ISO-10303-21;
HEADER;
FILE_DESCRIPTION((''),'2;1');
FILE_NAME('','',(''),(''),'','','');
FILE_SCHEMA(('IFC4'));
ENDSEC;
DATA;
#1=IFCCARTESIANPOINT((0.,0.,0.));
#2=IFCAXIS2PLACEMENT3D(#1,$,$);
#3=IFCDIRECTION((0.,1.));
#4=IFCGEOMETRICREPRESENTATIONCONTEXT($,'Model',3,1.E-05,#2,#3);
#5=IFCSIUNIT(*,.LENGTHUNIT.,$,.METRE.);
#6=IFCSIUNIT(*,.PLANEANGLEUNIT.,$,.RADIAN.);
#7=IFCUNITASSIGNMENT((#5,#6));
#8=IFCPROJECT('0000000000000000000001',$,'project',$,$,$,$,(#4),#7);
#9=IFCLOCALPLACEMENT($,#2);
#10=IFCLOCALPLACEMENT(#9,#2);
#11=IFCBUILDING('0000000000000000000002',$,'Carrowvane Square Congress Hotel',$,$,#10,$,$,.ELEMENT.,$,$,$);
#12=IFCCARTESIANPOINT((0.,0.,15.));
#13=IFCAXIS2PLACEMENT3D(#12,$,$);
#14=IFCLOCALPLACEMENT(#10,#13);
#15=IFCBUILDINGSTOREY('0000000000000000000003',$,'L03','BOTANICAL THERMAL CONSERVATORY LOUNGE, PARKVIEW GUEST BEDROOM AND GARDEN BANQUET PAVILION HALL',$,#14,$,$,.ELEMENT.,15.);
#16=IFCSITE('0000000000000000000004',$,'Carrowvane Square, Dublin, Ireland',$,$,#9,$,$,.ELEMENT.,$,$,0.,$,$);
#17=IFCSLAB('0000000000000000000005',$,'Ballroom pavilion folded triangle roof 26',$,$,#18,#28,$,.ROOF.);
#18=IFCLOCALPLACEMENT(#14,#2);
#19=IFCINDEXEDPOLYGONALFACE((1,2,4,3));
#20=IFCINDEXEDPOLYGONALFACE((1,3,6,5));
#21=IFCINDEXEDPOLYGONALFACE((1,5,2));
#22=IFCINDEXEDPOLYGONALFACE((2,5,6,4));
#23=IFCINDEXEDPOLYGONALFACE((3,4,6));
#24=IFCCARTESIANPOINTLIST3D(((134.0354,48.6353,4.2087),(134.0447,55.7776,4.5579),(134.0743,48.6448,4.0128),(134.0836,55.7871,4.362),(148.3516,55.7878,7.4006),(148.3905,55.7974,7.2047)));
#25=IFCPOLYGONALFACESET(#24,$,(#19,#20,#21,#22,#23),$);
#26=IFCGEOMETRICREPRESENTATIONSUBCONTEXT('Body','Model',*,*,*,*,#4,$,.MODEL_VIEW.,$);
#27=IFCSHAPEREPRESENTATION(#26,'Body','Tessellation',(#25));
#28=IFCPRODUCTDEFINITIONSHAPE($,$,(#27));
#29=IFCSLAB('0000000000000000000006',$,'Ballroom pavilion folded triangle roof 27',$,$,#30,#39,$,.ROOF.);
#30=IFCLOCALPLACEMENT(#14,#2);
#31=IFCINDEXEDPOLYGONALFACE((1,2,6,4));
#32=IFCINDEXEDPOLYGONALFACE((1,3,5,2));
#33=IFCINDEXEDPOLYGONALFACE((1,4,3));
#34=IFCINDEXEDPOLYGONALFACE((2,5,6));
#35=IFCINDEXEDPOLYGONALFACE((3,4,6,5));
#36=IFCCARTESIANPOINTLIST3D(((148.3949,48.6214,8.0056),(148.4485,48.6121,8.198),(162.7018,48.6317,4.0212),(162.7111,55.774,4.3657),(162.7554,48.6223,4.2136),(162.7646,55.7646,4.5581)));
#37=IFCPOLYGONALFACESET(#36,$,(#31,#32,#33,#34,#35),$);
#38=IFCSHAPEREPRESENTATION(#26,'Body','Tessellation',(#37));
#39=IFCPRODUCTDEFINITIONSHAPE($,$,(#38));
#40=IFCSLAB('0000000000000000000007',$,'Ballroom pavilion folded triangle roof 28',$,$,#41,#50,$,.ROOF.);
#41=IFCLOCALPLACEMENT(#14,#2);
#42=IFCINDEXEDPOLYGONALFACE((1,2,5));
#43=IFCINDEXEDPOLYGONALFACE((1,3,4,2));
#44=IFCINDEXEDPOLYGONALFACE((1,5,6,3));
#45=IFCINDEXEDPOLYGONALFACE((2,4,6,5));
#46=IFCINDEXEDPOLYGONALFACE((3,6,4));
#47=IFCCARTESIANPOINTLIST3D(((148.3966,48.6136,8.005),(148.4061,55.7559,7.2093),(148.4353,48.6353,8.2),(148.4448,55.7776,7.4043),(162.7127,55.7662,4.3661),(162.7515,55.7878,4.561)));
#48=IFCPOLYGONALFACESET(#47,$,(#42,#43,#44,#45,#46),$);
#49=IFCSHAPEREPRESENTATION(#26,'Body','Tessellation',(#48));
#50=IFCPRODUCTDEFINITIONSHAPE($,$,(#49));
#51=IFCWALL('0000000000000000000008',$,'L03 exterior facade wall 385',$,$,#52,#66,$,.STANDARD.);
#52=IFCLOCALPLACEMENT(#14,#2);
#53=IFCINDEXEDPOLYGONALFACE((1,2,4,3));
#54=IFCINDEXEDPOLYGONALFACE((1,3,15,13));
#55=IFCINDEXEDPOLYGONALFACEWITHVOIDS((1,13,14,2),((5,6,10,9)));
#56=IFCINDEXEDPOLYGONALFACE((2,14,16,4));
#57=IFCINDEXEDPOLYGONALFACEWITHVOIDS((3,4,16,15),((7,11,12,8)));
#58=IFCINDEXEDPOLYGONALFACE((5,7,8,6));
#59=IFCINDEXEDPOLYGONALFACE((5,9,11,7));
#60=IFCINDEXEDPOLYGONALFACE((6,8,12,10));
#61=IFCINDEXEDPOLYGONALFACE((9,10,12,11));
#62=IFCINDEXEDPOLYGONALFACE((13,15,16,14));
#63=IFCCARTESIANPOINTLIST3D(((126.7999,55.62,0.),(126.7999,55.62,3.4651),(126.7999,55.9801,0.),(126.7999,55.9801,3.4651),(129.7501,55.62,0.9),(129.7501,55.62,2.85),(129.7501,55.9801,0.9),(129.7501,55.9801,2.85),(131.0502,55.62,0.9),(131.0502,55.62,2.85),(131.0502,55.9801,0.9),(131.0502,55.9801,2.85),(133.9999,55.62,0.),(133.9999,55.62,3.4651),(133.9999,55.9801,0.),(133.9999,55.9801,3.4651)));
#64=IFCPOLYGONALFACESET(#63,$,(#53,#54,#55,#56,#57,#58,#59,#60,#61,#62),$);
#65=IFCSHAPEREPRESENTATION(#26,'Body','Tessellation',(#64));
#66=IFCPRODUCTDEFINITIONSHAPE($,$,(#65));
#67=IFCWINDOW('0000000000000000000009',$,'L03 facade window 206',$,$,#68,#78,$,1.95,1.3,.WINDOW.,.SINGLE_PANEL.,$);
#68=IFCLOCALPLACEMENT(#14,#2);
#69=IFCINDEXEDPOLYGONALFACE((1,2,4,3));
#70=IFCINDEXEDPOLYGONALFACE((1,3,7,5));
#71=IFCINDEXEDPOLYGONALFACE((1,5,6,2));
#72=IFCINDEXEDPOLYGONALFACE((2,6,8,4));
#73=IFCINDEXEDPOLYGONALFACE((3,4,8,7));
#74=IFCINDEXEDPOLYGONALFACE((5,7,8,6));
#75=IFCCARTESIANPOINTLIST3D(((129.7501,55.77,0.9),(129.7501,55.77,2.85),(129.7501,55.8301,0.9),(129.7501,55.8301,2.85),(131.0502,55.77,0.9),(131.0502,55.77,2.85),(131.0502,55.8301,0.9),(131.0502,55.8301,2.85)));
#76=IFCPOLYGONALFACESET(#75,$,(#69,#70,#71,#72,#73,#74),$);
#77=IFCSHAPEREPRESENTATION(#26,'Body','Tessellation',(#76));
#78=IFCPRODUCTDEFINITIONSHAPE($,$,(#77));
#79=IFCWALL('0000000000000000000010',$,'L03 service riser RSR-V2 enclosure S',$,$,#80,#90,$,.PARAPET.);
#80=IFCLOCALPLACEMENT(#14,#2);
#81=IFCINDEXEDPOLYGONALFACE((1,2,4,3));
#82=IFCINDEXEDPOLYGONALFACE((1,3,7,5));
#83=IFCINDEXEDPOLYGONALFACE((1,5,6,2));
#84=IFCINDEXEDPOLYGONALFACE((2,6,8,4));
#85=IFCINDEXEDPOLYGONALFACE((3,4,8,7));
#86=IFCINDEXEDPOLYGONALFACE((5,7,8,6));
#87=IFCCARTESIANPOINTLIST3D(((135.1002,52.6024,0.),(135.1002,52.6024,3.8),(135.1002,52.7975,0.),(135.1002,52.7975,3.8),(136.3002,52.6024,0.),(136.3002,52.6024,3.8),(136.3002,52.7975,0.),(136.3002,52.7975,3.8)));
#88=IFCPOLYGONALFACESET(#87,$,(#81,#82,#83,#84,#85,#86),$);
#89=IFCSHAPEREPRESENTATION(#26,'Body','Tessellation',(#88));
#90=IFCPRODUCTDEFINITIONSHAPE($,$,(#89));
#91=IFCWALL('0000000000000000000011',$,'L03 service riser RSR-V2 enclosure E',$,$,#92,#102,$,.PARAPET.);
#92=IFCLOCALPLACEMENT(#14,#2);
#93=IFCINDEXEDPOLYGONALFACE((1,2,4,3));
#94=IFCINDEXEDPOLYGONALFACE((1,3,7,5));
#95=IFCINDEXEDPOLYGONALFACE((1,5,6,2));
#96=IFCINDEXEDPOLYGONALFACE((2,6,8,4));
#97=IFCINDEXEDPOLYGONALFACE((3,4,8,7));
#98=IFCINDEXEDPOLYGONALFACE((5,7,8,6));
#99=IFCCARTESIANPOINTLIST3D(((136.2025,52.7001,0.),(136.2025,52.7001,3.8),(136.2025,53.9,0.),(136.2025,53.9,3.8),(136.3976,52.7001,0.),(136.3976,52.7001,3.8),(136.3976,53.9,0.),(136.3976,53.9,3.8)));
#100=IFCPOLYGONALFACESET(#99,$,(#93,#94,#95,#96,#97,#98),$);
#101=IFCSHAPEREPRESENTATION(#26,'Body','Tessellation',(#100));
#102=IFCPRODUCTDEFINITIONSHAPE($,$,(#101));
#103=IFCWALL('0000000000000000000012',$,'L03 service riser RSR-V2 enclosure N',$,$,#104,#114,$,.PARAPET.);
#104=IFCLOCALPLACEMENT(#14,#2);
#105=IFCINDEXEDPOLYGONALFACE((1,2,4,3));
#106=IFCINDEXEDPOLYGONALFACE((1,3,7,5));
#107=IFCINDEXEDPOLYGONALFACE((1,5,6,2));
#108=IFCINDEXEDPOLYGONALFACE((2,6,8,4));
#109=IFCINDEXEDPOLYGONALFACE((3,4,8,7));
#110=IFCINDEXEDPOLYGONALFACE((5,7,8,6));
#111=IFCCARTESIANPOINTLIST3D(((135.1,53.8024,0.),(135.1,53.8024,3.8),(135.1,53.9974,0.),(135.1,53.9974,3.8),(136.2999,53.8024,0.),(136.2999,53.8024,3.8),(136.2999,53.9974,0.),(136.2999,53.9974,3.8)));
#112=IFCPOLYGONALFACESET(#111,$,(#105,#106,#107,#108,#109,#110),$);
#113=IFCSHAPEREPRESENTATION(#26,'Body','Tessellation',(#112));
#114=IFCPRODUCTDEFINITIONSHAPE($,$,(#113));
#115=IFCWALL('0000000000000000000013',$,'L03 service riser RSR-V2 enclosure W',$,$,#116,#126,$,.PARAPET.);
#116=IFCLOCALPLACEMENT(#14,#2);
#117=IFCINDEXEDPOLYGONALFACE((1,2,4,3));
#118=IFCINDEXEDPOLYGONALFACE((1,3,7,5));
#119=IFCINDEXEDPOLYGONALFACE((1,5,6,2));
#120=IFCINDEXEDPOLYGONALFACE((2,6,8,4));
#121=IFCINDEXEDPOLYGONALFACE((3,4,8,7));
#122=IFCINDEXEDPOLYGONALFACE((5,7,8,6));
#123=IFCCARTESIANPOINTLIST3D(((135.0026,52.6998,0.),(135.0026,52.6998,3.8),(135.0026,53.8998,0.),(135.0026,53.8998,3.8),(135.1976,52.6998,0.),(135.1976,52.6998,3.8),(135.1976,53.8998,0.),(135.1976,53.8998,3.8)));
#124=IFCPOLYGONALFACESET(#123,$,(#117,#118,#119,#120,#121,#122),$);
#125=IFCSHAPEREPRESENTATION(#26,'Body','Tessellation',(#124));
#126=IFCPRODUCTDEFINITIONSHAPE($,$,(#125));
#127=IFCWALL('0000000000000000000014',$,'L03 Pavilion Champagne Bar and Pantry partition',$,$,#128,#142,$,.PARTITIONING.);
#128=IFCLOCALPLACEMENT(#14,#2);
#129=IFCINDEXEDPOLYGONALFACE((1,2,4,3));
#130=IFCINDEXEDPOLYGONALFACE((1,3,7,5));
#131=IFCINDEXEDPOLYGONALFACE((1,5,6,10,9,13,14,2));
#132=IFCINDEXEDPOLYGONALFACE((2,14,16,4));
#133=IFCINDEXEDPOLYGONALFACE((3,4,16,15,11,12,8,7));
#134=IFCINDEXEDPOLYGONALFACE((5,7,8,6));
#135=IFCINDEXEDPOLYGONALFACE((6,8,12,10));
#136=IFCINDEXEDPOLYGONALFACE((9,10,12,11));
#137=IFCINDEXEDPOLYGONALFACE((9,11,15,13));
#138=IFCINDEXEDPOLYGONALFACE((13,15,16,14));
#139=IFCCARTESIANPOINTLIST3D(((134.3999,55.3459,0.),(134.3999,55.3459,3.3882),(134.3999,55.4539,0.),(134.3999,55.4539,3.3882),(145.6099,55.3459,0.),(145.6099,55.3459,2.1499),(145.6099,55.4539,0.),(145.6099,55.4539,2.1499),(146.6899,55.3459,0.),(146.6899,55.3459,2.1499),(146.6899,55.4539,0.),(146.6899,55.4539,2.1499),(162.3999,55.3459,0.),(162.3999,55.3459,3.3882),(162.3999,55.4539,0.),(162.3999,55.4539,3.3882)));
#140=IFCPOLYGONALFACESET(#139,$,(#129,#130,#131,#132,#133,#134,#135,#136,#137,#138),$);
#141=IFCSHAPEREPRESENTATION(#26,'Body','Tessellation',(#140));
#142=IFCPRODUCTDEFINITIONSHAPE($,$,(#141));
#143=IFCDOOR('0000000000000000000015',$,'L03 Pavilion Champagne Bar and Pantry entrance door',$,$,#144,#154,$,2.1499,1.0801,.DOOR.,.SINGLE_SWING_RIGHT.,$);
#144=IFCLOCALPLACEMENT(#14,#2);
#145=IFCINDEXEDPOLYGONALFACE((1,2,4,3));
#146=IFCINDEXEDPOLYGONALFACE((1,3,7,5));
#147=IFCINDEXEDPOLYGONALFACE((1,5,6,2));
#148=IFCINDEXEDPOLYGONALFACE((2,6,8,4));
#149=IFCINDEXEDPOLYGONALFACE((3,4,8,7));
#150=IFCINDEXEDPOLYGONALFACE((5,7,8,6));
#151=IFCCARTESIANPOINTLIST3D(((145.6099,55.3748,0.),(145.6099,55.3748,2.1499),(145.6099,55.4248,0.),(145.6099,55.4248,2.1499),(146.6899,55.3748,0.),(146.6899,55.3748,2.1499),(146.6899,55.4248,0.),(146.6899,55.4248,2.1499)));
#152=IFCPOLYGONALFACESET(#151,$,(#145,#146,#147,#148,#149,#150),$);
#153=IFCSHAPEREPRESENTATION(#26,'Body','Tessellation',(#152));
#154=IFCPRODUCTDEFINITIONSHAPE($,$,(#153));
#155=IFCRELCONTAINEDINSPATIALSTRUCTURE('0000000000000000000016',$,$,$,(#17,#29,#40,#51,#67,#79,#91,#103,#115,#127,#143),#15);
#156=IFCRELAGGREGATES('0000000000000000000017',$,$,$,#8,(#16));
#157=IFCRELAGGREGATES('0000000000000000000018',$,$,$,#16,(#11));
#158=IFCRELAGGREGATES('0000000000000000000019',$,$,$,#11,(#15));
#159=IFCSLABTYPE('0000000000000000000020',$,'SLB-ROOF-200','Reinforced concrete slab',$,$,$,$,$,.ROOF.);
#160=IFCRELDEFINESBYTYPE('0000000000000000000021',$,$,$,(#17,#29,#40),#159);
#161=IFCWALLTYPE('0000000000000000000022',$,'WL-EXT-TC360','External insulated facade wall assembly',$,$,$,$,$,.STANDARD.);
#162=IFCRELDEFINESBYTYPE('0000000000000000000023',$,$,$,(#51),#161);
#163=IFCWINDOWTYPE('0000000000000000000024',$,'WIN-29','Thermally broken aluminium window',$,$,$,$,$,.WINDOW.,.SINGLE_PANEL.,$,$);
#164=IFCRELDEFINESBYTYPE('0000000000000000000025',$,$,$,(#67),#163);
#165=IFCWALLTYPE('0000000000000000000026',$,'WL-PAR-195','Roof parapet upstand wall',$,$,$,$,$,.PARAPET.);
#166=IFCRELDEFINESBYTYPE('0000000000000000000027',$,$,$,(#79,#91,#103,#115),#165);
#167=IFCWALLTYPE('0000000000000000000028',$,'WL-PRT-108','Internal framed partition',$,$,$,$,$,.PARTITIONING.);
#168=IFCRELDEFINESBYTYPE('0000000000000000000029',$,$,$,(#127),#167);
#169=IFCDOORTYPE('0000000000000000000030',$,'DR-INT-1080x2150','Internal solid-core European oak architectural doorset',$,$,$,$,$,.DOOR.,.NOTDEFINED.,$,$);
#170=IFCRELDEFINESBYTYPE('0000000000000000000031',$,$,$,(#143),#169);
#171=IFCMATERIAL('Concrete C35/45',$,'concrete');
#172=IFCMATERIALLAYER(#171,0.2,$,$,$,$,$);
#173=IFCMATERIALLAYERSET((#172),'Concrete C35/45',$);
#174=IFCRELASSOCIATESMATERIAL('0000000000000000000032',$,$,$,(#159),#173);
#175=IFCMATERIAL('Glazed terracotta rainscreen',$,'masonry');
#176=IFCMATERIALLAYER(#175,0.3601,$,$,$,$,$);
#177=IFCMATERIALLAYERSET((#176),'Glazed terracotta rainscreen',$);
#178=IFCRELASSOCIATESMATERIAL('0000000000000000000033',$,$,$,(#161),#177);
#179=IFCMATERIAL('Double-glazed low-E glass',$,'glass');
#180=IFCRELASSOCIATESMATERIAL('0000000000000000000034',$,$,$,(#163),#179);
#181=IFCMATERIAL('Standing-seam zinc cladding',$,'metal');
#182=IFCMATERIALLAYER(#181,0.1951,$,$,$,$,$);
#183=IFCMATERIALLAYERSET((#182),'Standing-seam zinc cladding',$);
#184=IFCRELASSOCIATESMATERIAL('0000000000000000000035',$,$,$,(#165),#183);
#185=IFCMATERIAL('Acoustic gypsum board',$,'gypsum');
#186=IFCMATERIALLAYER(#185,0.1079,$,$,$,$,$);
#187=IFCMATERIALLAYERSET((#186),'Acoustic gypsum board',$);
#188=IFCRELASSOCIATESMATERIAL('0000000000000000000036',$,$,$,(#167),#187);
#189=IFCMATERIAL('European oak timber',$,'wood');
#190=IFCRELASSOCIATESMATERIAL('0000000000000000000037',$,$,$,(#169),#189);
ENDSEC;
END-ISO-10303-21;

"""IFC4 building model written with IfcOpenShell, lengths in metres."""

from ifc_helpers import new_model, si_unit, direction, frame, frame_2d, origin, place, context, subcontext, project, spatial, polyline, rectangle, outline, extrude, material, layer, layer_set, type_object, element, fill, save


model = new_model("IFC4")

# Units and contexts
model_context = context("Model", 3, precision=1e-05, world=origin(), true_north=direction((0.0, 1.0)))
body_context = subcontext(model_context, "Body", "Model", "MODEL_VIEW")
ifc_project = project(units=[si_unit("LENGTHUNIT", "METRE"), si_unit("PLANEANGLEUNIT", "RADIAN")], contexts=[model_context])

# Site, building, storey
site_placement = place(None, origin())
site = spatial("IfcSite", under=ifc_project, at=site_placement, Name="Carrowvane Square, Dublin, Ireland", CompositionType="ELEMENT", RefElevation=0.0)
building_placement = place(site_placement, origin())
building = spatial("IfcBuilding", under=site, at=building_placement, Name="Carrowvane Square Congress Hotel", CompositionType="ELEMENT")
storey_placement = place(building_placement, frame((0.0, 0.0, 15.0)))
storey = spatial("IfcBuildingStorey", under=building, at=storey_placement, Name="L03", Description="BOTANICAL THERMAL CONSERVATORY LOUNGE, PARKVIEW GUEST BEDROOM AND GARDEN BANQUET PAVILION HALL", CompositionType="ELEMENT", Elevation=15.0)

# Slabs
ifc_material_1 = material(Name="Concrete C35/45", Category="concrete")
ifc_layer_1 = layer(ifc_material_1, 0.2)
ifc_layer_set_1 = layer_set([ifc_layer_1], Name="Concrete C35/45")
slab_type = type_object("IfcSlabType", Name="SLB-ROOF-200", Description="Reinforced concrete slab", PredefinedType="ROOF", material=ifc_layer_set_1)
slab_1_placement = place(storey_placement, frame((134.0354, 48.6353, 4.2087), z_axis=(-0.194636, -0.047636, 0.979718), x_axis=(0.877285, 0.438306, 0.195597)))
element("IfcSlab", 1, at=slab_1_placement, inside=storey, type_object=slab_type, Name="Ballroom pavilion folded triangle roof 26", PredefinedType="ROOF", context=body_context, shape_type="SweptSolid", body=[
    extrude(outline(polyline([(0.0, 0.0), (16.3187, 0.0), (3.207, 6.3914), (0.0, 0.0)])), origin(), (0.0, 0.0, -1.0), 0.2),
])
slab_2_placement = place(storey_placement, frame((148.4485, 48.6121, 8.198), z_axis=(0.268022, -0.04676, 0.962277), x_axis=(0.96334, 0.00069, -0.268284)))
element("IfcSlab", 2, at=slab_2_placement, inside=storey, type_object=slab_type, Name="Ballroom pavilion folded triangle roof 27", PredefinedType="ROOF", context=body_context, shape_type="SweptSolid", body=[
    extrude(outline(polyline([(0.0, 0.0), (14.8513, 0.0), (14.7728, 7.1502), (0.0, 0.0)])), origin(), (0.0, 0.0, -1.0), 0.2),
])
slab_3_placement = place(storey_placement, frame((148.4353, 48.6353, 8.2), z_axis=(0.193703, 0.108363, 0.975057), x_axis=(0.872298, 0.435815, -0.221723)))
element("IfcSlab", 3, at=slab_3_placement, inside=storey, type_object=slab_type, Name="Ballroom pavilion folded triangle roof 28", PredefinedType="ROOF", context=body_context, shape_type="SweptSolid", body=[
    extrude(outline(polyline([(0.0, 0.0), (16.412, 0.0), (3.2975, 6.3854), (0.0, 0.0)])), origin(), (0.0, 0.0, -1.0), 0.2),
])

# Wall, opening, window
ifc_material_2 = material(Name="Glazed terracotta rainscreen", Category="masonry")
ifc_layer_2 = layer(ifc_material_2, 0.3601)
ifc_layer_set_2 = layer_set([ifc_layer_2], Name="Glazed terracotta rainscreen")
wall_type_1 = type_object("IfcWallType", Name="WL-EXT-TC360", Description="External insulated facade wall assembly", PredefinedType="STANDARD", material=ifc_layer_set_2)
wall_1_placement = place(storey_placement, frame((134.0, 55.8, 0.0), z_axis=(0.0, 0.0, 1.0), x_axis=(-1.0, 0.0, 0.0)))
wall_1 = element("IfcWall", 4, at=wall_1_placement, inside=storey, type_object=wall_type_1, Name="L03 exterior facade wall 385", PredefinedType="STANDARD", context=body_context, shape_type="SweptSolid", body=[
    extrude(rectangle(XDim=7.2, YDim=0.3601, at=frame_2d((3.6001, 0.0))), origin(), (0.0, 0.0, 1.0), 3.4651),
])
opening_1_placement = place(wall_1_placement, frame((2.95, 0.0, 0.8999)))
opening_1 = element("IfcOpeningElement", 5, at=opening_1_placement, cuts=wall_1, PredefinedType="OPENING", context=body_context, shape_type="SweptSolid", body=[
    extrude(rectangle(XDim=1.3, YDim=1.95, at=frame_2d((0.6499, 0.9751))), frame((0.0, 0.1899, 0.0), z_axis=(0.0, -1.0, 0.0), x_axis=(1.0, 0.0, 0.0)), (0.0, 0.0, 1.0), 0.3801),
])
ifc_material_3 = material(Name="Double-glazed low-E glass", Category="glass")
window_type = type_object("IfcWindowType", Name="WIN-29", Description="Thermally broken aluminium window", PartitioningType="SINGLE_PANEL", PredefinedType="WINDOW", material=ifc_material_3)
window_placement = place(opening_1_placement, origin())
window = element("IfcWindow", 6, at=window_placement, inside=storey, type_object=window_type, Name="L03 facade window 206", OverallHeight=1.95, OverallWidth=1.3, PartitioningType="SINGLE_PANEL", PredefinedType="WINDOW", context=body_context, shape_type="SweptSolid", body=[
    extrude(rectangle(XDim=1.3, YDim=1.95, at=frame_2d((0.6499, 0.9751))), frame((0.0, 0.03, 0.0), z_axis=(0.0, -1.0, 0.0), x_axis=(1.0, 0.0, 0.0)), (0.0, 0.0, 1.0), 0.0601),
])
fill(opening_1, window)

# Walls
ifc_material_4 = material(Name="Standing-seam zinc cladding", Category="metal")
ifc_layer_3 = layer(ifc_material_4, 0.1951)
ifc_layer_set_3 = layer_set([ifc_layer_3], Name="Standing-seam zinc cladding")
wall_type_2 = type_object("IfcWallType", Name="WL-PAR-195", Description="Roof parapet upstand wall", PredefinedType="PARAPET", material=ifc_layer_set_3)
for number, where, z_axis, x_axis, name in (
    (7, (135.1001, 52.7, 0.0), (0.0, 0.0, 1.0), (1.0, 0.0, 0.0), "L03 service riser RSR-V2 enclosure S"),
    (8, (136.3, 52.7, 0.0), (0.0, 0.0, 1.0), (0.0, 1.0, 0.0), "L03 service riser RSR-V2 enclosure E"),
    (9, (136.3, 53.8999, 0.0), (0.0, 0.0, 1.0), (-1.0, 0.0, 0.0), "L03 service riser RSR-V2 enclosure N"),
    (10, (135.1001, 53.8999, 0.0), (0.0, 0.0, 1.0), (0.0, -1.0, 0.0), "L03 service riser RSR-V2 enclosure W"),
):
    element("IfcWall", number, at=place(storey_placement, frame(where, z_axis=z_axis, x_axis=x_axis)), inside=storey, type_object=wall_type_2, Name=name, PredefinedType="PARAPET", context=body_context, shape_type="SweptSolid", body=[
        extrude(rectangle(XDim=1.2, YDim=0.1951, at=frame_2d((0.6001, 0.0))), origin(), (0.0, 0.0, 1.0), 3.8),
    ])

# Wall, opening, door
ifc_material_5 = material(Name="Acoustic gypsum board", Category="gypsum")
ifc_layer_4 = layer(ifc_material_5, 0.1079)
ifc_layer_set_4 = layer_set([ifc_layer_4], Name="Acoustic gypsum board")
wall_type_3 = type_object("IfcWallType", Name="WL-PRT-108", Description="Internal framed partition", PredefinedType="PARTITIONING", material=ifc_layer_set_4)
wall_2_placement = place(storey_placement, frame((134.3999, 55.3999, 0.0), z_axis=(0.0, 0.0, 1.0), x_axis=(1.0, 0.0, 0.0)))
wall_2 = element("IfcWall", 11, at=wall_2_placement, inside=storey, type_object=wall_type_3, Name="L03 Pavilion Champagne Bar and Pantry partition", PredefinedType="PARTITIONING", context=body_context, shape_type="SweptSolid", body=[
    extrude(rectangle(XDim=28.0, YDim=0.1079, at=frame_2d((14.0, 0.0))), origin(), (0.0, 0.0, 1.0), 3.3882),
])
opening_2_placement = place(wall_2_placement, frame((11.21, 0.0, 0.0)))
opening_2 = element("IfcOpeningElement", 12, at=opening_2_placement, cuts=wall_2, PredefinedType="OPENING", context=body_context, shape_type="SweptSolid", body=[
    extrude(rectangle(XDim=1.0801, YDim=2.1499, at=frame_2d((0.54, 1.075))), frame((0.0, 0.064, 0.0), z_axis=(0.0, -1.0, 0.0), x_axis=(1.0, 0.0, 0.0)), (0.0, 0.0, 1.0), 0.1279),
])
ifc_material_6 = material(Name="European oak timber", Category="wood")
door_type = type_object("IfcDoorType", Name="DR-INT-1080x2150", Description="Internal solid-core European oak architectural doorset", OperationType="NOTDEFINED", PredefinedType="DOOR", material=ifc_material_6)
door_placement = place(opening_2_placement, origin())
door = element("IfcDoor", 13, at=door_placement, inside=storey, type_object=door_type, Name="L03 Pavilion Champagne Bar and Pantry entrance door", OperationType="SINGLE_SWING_RIGHT", OverallHeight=2.1499, OverallWidth=1.0801, PredefinedType="DOOR", context=body_context, shape_type="SweptSolid", body=[
    extrude(rectangle(XDim=1.0801, YDim=2.1499, at=frame_2d((0.54, 1.075))), frame((0.0, 0.0249, 0.0), z_axis=(0.0, -1.0, 0.0), x_axis=(1.0, 0.0, 0.0)), (0.0, 0.0, 1.0), 0.05),
])
fill(opening_2, door)

save(model, "model.ifc")
